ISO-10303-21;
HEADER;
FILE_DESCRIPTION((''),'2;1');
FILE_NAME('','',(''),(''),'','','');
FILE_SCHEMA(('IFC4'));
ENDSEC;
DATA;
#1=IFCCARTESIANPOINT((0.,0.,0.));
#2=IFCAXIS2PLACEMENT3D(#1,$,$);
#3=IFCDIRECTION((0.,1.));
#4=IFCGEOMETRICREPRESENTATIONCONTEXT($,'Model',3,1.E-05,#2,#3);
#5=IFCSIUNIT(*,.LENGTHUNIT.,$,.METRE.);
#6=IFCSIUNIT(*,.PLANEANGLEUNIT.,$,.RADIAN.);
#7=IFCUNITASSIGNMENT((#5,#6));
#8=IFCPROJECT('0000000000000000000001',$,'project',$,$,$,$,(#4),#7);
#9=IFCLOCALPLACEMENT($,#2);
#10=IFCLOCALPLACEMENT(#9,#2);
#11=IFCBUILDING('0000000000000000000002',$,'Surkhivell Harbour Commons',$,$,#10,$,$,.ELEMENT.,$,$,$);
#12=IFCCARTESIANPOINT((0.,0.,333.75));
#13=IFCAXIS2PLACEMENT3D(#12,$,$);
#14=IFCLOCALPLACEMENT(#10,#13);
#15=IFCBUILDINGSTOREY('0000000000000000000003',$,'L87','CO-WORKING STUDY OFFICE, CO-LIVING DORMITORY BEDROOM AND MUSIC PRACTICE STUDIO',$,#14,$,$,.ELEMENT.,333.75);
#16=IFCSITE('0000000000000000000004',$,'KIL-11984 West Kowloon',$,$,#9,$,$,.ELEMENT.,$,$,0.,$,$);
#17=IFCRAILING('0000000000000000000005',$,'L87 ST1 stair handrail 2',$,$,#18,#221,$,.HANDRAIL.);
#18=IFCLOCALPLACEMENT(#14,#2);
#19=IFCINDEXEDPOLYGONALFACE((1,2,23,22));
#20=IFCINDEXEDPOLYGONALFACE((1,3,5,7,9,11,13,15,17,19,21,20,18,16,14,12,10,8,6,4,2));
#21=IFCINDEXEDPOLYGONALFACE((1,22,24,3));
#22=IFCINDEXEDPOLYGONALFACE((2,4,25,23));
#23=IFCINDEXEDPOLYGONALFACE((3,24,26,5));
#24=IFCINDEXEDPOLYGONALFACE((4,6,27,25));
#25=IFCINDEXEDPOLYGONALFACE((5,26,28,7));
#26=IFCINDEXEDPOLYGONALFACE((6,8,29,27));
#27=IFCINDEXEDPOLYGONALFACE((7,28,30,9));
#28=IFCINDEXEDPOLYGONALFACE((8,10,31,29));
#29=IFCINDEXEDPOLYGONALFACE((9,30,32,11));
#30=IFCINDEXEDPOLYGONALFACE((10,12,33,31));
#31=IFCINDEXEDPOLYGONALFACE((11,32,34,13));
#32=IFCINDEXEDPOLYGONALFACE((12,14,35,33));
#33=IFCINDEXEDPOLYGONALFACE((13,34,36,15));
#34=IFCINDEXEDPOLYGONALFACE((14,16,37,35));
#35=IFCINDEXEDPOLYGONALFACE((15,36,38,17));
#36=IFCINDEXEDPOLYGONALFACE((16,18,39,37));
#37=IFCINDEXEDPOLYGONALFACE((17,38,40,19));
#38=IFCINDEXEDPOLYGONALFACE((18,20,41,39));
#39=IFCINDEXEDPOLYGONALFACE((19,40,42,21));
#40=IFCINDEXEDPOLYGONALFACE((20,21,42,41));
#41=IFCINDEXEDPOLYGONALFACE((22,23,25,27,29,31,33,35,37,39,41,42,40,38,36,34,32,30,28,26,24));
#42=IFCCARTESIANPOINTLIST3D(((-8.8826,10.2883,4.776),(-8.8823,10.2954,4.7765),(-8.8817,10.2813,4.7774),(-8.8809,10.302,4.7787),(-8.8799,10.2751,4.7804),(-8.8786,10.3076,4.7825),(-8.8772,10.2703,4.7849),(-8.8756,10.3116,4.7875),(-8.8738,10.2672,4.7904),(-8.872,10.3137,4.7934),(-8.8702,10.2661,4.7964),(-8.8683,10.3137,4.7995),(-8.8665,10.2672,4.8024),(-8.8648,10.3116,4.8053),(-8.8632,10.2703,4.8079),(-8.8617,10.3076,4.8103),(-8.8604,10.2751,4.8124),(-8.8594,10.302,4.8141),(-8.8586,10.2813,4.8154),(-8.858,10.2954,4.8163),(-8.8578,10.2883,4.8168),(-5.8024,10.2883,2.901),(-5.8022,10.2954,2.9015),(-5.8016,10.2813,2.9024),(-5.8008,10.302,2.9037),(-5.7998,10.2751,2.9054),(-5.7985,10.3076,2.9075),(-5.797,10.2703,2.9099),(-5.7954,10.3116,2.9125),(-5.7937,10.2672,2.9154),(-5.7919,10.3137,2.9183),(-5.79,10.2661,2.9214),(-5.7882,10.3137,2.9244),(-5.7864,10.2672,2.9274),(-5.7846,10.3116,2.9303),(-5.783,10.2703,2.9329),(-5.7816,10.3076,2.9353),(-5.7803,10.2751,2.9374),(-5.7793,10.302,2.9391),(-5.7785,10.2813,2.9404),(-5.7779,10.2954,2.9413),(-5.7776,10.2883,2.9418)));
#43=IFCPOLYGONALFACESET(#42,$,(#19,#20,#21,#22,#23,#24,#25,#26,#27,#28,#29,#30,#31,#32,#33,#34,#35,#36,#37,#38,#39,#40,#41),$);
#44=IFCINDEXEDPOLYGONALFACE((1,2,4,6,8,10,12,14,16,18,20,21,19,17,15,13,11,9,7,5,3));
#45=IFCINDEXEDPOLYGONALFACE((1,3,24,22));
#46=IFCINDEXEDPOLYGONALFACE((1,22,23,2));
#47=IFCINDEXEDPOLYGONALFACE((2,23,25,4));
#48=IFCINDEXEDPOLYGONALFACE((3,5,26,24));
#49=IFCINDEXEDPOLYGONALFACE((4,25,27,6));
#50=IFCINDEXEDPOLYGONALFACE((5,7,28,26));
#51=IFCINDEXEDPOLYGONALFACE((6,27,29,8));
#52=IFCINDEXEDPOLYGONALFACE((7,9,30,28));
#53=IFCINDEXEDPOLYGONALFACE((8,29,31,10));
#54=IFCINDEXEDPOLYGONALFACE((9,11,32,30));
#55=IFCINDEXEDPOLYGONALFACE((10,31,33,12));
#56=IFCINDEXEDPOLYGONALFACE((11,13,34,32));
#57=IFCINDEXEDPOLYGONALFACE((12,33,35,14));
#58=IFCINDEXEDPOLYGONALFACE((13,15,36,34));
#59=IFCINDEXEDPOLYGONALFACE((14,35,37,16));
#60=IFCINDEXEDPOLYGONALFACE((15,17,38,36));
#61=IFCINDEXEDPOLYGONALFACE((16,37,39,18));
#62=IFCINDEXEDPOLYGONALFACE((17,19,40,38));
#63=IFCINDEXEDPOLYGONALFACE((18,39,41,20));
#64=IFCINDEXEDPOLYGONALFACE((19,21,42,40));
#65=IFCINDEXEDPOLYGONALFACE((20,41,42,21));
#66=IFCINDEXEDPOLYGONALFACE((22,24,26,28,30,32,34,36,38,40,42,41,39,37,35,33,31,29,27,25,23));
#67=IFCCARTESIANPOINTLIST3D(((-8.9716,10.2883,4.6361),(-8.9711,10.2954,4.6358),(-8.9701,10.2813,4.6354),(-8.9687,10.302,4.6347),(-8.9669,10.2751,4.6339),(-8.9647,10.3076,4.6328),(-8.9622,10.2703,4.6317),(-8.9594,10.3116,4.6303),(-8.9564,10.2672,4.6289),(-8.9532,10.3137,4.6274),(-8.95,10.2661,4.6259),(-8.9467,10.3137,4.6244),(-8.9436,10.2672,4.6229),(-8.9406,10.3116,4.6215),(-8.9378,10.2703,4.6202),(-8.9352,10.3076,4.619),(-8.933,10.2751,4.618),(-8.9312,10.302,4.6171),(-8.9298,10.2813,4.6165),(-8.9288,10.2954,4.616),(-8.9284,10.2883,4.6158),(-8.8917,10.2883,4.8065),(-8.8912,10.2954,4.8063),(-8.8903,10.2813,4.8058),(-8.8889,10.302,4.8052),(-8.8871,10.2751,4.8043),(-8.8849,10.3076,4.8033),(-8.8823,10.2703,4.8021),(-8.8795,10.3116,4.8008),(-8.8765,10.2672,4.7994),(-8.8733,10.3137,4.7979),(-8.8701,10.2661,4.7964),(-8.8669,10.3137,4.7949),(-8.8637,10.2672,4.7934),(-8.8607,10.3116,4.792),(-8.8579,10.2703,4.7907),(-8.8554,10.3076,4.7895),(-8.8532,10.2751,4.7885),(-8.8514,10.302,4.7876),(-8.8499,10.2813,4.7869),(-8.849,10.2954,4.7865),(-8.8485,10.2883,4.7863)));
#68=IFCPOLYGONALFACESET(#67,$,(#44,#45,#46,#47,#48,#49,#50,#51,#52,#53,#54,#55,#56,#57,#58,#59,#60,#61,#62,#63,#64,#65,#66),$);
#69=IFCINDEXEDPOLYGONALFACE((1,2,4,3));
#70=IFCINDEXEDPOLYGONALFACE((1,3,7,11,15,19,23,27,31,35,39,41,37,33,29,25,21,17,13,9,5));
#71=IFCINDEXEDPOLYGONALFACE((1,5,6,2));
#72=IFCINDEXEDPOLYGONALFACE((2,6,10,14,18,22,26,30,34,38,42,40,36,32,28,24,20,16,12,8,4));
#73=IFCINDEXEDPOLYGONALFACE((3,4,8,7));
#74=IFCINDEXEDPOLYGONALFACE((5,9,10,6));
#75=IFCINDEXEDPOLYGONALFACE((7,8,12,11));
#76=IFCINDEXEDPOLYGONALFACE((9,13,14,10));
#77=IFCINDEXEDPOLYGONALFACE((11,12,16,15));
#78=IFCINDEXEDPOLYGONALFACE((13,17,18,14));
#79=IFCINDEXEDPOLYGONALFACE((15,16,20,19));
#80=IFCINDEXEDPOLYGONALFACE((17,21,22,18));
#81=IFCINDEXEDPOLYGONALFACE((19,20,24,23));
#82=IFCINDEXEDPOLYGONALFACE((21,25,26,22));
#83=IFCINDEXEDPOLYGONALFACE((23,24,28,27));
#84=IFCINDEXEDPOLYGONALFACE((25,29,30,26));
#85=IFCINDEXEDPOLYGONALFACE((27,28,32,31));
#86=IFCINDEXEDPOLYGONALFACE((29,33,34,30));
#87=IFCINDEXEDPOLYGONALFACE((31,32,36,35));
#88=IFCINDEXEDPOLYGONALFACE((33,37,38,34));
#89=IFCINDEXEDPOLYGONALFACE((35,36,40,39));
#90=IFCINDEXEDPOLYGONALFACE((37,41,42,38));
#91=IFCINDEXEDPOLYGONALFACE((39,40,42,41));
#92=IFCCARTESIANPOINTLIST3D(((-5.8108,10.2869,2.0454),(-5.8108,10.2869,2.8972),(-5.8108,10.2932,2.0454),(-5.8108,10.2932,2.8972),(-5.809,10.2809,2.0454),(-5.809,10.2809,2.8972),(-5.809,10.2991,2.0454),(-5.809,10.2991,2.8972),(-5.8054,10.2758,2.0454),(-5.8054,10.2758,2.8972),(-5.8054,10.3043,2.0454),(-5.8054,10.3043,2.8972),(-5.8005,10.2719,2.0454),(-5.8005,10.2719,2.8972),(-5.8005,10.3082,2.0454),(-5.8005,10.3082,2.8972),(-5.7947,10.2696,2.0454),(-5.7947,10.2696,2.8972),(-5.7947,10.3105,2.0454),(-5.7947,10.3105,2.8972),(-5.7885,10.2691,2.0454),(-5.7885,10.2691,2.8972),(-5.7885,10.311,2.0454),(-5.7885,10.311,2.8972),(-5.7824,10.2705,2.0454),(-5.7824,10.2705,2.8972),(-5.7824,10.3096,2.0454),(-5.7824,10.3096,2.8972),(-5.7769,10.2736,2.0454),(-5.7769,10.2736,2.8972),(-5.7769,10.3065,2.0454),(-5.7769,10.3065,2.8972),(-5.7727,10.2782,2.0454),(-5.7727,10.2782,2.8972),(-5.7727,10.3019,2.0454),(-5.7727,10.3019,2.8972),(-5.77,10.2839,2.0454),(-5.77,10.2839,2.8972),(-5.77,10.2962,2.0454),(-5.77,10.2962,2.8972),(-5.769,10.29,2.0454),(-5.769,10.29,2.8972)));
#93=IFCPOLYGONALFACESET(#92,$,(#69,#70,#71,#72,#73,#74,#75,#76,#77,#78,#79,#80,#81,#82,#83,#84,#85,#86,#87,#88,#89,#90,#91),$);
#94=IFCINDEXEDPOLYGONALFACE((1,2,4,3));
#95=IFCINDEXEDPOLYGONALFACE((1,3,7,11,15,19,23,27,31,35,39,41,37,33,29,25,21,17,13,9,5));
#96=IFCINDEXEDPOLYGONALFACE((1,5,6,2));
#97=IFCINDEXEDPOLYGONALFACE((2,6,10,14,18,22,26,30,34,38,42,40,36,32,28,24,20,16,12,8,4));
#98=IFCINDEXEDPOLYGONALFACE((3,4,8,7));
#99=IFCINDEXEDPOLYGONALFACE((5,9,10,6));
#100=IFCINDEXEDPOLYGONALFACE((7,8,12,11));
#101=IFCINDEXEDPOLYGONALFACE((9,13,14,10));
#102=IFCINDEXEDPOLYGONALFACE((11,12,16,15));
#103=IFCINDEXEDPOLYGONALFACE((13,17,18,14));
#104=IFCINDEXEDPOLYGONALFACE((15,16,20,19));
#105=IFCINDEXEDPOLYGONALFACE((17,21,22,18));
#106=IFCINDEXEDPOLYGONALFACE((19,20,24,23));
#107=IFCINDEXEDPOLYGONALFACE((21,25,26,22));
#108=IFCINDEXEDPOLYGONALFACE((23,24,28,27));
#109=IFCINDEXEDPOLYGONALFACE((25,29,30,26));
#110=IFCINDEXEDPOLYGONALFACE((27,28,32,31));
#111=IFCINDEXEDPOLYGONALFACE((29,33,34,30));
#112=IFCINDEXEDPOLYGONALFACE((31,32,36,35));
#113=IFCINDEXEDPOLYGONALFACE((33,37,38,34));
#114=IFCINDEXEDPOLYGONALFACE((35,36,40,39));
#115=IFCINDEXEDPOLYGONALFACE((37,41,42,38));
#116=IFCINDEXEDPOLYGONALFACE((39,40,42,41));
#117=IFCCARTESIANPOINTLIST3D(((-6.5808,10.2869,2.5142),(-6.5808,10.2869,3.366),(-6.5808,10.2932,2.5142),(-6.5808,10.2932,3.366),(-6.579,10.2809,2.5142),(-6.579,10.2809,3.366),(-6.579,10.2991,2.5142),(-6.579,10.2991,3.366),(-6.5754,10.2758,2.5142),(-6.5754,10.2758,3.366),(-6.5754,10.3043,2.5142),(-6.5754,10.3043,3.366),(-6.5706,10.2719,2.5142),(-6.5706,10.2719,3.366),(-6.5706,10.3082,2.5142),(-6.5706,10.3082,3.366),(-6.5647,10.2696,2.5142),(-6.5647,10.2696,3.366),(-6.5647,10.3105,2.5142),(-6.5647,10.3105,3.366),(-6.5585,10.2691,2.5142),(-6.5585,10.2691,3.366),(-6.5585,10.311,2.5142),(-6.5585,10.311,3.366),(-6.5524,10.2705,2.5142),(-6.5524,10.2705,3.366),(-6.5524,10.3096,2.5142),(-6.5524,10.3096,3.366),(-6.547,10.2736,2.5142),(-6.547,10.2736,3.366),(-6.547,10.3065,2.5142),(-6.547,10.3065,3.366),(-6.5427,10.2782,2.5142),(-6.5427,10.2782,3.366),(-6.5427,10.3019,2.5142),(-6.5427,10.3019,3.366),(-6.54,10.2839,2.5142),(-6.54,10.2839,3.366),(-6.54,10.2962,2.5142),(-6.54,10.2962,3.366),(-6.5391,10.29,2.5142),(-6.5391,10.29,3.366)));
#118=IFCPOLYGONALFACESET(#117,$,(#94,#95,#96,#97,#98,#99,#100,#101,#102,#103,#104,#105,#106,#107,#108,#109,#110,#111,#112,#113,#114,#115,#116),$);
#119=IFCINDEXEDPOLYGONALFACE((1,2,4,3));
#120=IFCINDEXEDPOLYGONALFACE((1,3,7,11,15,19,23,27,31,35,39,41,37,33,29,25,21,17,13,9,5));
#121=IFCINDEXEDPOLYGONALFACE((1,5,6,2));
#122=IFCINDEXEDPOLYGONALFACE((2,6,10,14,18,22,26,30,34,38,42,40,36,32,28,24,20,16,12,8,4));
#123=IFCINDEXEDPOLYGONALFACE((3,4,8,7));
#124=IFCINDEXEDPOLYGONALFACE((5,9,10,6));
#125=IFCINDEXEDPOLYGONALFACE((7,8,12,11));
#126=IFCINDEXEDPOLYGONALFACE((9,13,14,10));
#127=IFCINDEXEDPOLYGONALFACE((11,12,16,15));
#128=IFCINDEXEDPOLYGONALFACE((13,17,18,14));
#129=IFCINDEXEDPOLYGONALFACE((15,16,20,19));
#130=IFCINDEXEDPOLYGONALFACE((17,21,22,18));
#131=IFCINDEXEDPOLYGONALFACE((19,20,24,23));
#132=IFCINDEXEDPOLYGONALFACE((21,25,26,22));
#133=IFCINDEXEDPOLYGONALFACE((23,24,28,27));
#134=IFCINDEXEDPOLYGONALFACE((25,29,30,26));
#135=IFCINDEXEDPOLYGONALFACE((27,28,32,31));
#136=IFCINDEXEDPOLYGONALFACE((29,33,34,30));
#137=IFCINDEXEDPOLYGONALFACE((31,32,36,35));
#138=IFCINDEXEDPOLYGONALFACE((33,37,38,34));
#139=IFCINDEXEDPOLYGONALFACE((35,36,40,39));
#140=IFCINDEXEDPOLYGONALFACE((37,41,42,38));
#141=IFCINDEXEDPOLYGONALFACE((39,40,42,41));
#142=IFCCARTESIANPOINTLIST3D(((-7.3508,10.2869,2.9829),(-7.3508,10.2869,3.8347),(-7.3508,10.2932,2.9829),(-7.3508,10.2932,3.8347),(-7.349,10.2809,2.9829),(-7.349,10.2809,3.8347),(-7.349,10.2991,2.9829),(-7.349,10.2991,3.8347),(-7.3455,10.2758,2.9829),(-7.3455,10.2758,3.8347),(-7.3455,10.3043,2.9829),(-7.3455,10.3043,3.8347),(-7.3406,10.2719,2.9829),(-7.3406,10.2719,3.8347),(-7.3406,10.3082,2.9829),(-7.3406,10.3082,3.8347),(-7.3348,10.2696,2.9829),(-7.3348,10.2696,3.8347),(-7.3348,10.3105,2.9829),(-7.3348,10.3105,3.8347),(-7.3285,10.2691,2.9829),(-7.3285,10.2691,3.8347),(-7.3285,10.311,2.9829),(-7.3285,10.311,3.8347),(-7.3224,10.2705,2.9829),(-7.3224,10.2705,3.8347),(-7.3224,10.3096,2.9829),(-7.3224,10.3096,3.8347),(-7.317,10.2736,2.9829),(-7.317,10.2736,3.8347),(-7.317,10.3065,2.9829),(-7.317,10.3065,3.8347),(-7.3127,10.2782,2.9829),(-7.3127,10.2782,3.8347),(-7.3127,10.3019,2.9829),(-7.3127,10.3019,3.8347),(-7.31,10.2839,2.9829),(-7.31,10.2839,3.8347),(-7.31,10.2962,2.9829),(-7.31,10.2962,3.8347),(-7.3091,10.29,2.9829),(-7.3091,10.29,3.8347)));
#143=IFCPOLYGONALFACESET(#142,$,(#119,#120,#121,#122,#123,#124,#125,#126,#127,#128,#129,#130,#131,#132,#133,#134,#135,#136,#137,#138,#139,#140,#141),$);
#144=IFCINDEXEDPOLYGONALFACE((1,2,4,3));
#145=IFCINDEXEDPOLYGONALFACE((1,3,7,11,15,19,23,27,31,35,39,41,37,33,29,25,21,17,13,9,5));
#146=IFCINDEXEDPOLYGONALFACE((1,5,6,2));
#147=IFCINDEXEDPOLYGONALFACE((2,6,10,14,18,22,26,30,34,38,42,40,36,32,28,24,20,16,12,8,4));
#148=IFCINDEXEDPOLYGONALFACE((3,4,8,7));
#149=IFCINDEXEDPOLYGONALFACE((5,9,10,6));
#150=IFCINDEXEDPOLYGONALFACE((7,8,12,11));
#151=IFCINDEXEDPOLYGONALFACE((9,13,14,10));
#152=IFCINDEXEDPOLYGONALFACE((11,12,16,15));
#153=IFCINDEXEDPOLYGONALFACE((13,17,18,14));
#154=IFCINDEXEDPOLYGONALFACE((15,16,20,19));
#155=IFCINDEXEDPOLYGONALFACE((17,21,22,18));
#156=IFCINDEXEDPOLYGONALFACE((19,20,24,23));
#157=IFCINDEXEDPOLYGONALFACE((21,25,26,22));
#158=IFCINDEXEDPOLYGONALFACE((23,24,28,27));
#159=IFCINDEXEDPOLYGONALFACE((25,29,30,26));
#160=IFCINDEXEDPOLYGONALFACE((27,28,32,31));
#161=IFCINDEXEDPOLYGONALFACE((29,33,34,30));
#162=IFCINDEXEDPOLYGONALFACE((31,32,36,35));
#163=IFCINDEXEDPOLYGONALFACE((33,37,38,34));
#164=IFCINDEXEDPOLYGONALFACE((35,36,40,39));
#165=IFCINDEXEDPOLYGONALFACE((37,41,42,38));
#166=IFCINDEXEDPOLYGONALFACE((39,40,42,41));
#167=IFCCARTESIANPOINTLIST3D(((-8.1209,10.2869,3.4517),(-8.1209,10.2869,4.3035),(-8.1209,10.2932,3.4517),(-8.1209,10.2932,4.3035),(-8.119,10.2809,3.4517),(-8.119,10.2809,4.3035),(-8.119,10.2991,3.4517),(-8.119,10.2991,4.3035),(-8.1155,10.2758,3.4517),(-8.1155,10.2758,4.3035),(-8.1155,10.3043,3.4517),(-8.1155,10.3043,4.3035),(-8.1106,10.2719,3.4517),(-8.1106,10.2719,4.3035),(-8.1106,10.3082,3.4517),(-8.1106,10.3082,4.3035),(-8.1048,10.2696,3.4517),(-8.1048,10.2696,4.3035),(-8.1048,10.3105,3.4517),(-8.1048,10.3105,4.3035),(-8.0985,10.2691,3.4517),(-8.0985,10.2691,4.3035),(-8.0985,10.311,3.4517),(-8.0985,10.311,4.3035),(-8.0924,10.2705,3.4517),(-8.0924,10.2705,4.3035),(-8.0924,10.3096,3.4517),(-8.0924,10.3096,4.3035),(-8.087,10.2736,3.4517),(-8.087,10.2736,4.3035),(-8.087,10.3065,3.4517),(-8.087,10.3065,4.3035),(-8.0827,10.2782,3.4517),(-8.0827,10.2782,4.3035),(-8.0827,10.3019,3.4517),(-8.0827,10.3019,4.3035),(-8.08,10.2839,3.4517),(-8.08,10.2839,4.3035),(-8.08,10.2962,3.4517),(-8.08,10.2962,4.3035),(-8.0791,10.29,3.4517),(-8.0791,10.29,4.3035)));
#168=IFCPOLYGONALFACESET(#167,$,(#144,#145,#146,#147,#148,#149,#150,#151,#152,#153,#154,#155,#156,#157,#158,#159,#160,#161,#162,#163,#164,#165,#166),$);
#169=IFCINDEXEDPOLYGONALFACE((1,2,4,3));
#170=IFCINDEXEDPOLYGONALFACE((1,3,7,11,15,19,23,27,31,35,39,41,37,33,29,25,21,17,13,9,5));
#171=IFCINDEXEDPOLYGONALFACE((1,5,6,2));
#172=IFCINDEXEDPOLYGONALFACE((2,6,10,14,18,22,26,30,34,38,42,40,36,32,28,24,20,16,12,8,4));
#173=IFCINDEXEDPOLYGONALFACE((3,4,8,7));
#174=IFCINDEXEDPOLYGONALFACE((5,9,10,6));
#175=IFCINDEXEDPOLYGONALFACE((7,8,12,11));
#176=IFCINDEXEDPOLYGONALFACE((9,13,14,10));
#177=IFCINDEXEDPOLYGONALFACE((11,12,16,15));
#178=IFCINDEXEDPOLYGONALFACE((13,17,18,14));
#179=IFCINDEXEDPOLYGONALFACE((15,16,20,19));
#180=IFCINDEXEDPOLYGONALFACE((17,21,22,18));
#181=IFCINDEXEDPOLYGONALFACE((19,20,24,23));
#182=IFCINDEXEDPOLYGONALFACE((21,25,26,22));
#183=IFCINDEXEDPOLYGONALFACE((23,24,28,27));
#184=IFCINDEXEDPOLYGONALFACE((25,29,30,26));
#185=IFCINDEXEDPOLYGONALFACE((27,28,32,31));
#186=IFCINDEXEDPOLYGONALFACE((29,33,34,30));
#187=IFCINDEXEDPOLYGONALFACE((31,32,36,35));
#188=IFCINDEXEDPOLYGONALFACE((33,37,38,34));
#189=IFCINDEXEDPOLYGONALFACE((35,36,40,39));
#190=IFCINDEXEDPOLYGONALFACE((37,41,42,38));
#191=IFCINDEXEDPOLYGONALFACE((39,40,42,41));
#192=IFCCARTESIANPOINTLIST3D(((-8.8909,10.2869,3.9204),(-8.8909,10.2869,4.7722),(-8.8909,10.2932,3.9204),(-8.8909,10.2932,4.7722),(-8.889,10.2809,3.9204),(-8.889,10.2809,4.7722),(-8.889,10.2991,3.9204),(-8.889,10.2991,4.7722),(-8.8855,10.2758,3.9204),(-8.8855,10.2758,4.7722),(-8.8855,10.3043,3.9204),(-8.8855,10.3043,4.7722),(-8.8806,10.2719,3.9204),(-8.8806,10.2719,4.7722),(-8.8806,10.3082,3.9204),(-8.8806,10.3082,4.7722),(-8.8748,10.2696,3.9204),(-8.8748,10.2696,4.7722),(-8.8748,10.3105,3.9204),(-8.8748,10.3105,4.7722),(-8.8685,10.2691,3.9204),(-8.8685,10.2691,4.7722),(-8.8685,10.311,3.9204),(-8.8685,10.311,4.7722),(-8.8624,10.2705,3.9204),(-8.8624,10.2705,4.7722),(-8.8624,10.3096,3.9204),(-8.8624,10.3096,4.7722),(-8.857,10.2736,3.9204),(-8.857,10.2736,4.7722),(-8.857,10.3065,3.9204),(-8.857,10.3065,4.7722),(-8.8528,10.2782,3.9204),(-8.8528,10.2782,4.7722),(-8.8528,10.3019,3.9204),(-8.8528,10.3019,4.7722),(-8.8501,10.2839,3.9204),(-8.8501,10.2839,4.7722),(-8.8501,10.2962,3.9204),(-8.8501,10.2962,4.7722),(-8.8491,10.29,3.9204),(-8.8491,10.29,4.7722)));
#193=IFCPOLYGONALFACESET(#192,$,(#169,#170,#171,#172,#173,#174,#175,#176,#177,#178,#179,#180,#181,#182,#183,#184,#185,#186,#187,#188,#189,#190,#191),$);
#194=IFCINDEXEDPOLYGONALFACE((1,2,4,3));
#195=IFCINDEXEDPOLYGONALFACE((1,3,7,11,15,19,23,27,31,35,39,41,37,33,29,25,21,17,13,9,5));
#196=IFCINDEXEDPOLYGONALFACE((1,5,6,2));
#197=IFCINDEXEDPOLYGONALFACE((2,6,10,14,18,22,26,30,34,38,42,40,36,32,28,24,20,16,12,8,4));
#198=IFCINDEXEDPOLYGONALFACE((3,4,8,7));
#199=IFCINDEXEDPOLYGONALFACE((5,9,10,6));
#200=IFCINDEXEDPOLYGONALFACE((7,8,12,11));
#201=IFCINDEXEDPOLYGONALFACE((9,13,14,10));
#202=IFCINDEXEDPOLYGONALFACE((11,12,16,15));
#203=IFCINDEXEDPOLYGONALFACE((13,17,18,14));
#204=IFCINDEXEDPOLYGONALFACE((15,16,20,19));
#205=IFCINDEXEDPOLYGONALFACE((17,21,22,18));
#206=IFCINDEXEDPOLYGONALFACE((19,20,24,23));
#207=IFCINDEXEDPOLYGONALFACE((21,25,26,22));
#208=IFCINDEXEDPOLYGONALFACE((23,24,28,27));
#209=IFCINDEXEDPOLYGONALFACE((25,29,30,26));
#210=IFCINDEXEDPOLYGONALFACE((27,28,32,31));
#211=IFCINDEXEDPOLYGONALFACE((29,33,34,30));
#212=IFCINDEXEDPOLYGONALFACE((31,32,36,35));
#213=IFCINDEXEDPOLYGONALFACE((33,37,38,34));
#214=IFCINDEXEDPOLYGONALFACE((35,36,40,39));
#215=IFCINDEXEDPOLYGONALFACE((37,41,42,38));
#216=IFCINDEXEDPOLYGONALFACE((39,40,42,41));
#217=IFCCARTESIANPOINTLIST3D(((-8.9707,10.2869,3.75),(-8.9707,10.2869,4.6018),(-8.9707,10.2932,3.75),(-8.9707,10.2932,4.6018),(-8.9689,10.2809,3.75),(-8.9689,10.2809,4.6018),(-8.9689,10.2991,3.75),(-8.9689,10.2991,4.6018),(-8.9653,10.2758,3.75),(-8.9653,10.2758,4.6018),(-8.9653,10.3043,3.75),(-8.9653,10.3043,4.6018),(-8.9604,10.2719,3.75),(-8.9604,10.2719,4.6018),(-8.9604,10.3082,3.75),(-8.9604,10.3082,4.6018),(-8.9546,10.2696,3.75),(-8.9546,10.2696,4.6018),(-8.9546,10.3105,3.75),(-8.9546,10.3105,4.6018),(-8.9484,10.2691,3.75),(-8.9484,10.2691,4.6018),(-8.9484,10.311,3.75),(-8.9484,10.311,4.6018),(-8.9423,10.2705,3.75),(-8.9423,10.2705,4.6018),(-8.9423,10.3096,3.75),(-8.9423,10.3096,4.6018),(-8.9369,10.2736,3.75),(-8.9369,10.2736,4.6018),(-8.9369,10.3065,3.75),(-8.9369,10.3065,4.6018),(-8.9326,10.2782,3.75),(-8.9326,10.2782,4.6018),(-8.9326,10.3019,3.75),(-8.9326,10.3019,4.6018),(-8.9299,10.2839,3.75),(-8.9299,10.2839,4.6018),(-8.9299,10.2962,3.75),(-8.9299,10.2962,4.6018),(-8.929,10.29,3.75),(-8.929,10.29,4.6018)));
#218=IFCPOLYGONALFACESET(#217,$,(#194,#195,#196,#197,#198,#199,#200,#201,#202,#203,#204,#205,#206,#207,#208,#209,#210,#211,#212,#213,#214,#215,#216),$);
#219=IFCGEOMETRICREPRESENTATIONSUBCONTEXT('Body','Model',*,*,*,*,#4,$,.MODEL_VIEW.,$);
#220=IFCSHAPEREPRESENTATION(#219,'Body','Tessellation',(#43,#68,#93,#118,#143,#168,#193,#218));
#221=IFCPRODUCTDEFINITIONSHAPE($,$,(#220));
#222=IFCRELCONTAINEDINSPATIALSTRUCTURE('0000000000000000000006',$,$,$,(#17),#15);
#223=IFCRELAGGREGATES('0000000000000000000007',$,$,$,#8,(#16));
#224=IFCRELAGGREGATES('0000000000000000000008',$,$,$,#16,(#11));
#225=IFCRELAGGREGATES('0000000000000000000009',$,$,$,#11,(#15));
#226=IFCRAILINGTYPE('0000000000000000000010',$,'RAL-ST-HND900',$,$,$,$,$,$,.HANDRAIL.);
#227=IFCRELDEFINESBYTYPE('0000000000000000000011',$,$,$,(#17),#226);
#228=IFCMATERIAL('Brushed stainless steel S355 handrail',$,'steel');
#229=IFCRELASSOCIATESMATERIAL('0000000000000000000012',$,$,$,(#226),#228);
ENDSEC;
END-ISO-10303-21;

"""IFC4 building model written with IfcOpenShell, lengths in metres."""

from ifc_helpers import new_model, si_unit, direction, frame, origin, origin_2d, place, context, subcontext, project, spatial, circle, extrude, material, type_object, element, save


model = new_model("IFC4")

# Units and contexts
model_context = context("Model", 3, precision=1e-05, world=origin(), true_north=direction((0.0, 1.0)))
body_context = subcontext(model_context, "Body", "Model", "MODEL_VIEW")
ifc_project = project(units=[si_unit("LENGTHUNIT", "METRE"), si_unit("PLANEANGLEUNIT", "RADIAN")], contexts=[model_context])

# Site, building, storey
site_placement = place(None, origin())
site = spatial("IfcSite", under=ifc_project, at=site_placement, Name="KIL-11984 West Kowloon", CompositionType="ELEMENT", RefElevation=0.0)
building_placement = place(site_placement, origin())
building = spatial("IfcBuilding", under=site, at=building_placement, Name="Surkhivell Harbour Commons", CompositionType="ELEMENT")
storey_placement = place(building_placement, frame((0.0, 0.0, 333.75)))
storey = spatial("IfcBuildingStorey", under=building, at=storey_placement, Name="L87", Description="CO-WORKING STUDY OFFICE, CO-LIVING DORMITORY BEDROOM AND MUSIC PRACTICE STUDIO", CompositionType="ELEMENT", Elevation=333.75)

# Railing
ifc_material_1 = material(Name="Brushed stainless steel S355 handrail", Category="steel")
railing_type_1 = type_object("IfcRailingType", Name="RAL-ST-HND900", PredefinedType="HANDRAIL", material=ifc_material_1)
railing_1_placement = place(storey_placement, frame((-5.79, 10.29, 2.0454)))
element("IfcRailing", 1, at=railing_1_placement, inside=storey, type_object=railing_type_1, Name="L87 ST1 stair handrail 2", PredefinedType="HANDRAIL", context=body_context, shape_type="SweptSolid", body=[
    extrude(circle(Radius=0.0239, at=origin_2d()), frame((0.0, 0.0, 0.876), z_axis=(-0.854178, 0.0, 0.519981), x_axis=(0.0, -1.0, 0.0)), (0.0, 0.0, 1.0), 3.606),
    extrude(circle(Radius=0.0239, at=origin_2d()), frame((-3.0801, 0.0, 2.751), z_axis=(-0.424234, 0.0, -0.905552), x_axis=(0.0, -1.0, 0.0)), (0.0, 0.0, 1.0), 0.1882),
    extrude(circle(Radius=0.021, at=origin_2d()), origin(), (0.0, 0.0, 1.0), 0.8518),
    extrude(circle(Radius=0.021, at=origin_2d()), frame((-0.77, 0.0, 0.4688)), (0.0, 0.0, 1.0), 0.8518),
    extrude(circle(Radius=0.021, at=origin_2d()), frame((-1.54, 0.0, 0.9375)), (0.0, 0.0, 1.0), 0.8518),
    extrude(circle(Radius=0.021, at=origin_2d()), frame((-2.3101, 0.0, 1.4062)), (0.0, 0.0, 1.0), 0.8518),
    extrude(circle(Radius=0.021, at=origin_2d()), frame((-3.0801, 0.0, 1.875)), (0.0, 0.0, 1.0), 0.8518),
    extrude(circle(Radius=0.021, at=origin_2d()), frame((-3.1599, 0.0, 1.7046)), (0.0, 0.0, 1.0), 0.8518),
])

save(model, "model.ifc")
